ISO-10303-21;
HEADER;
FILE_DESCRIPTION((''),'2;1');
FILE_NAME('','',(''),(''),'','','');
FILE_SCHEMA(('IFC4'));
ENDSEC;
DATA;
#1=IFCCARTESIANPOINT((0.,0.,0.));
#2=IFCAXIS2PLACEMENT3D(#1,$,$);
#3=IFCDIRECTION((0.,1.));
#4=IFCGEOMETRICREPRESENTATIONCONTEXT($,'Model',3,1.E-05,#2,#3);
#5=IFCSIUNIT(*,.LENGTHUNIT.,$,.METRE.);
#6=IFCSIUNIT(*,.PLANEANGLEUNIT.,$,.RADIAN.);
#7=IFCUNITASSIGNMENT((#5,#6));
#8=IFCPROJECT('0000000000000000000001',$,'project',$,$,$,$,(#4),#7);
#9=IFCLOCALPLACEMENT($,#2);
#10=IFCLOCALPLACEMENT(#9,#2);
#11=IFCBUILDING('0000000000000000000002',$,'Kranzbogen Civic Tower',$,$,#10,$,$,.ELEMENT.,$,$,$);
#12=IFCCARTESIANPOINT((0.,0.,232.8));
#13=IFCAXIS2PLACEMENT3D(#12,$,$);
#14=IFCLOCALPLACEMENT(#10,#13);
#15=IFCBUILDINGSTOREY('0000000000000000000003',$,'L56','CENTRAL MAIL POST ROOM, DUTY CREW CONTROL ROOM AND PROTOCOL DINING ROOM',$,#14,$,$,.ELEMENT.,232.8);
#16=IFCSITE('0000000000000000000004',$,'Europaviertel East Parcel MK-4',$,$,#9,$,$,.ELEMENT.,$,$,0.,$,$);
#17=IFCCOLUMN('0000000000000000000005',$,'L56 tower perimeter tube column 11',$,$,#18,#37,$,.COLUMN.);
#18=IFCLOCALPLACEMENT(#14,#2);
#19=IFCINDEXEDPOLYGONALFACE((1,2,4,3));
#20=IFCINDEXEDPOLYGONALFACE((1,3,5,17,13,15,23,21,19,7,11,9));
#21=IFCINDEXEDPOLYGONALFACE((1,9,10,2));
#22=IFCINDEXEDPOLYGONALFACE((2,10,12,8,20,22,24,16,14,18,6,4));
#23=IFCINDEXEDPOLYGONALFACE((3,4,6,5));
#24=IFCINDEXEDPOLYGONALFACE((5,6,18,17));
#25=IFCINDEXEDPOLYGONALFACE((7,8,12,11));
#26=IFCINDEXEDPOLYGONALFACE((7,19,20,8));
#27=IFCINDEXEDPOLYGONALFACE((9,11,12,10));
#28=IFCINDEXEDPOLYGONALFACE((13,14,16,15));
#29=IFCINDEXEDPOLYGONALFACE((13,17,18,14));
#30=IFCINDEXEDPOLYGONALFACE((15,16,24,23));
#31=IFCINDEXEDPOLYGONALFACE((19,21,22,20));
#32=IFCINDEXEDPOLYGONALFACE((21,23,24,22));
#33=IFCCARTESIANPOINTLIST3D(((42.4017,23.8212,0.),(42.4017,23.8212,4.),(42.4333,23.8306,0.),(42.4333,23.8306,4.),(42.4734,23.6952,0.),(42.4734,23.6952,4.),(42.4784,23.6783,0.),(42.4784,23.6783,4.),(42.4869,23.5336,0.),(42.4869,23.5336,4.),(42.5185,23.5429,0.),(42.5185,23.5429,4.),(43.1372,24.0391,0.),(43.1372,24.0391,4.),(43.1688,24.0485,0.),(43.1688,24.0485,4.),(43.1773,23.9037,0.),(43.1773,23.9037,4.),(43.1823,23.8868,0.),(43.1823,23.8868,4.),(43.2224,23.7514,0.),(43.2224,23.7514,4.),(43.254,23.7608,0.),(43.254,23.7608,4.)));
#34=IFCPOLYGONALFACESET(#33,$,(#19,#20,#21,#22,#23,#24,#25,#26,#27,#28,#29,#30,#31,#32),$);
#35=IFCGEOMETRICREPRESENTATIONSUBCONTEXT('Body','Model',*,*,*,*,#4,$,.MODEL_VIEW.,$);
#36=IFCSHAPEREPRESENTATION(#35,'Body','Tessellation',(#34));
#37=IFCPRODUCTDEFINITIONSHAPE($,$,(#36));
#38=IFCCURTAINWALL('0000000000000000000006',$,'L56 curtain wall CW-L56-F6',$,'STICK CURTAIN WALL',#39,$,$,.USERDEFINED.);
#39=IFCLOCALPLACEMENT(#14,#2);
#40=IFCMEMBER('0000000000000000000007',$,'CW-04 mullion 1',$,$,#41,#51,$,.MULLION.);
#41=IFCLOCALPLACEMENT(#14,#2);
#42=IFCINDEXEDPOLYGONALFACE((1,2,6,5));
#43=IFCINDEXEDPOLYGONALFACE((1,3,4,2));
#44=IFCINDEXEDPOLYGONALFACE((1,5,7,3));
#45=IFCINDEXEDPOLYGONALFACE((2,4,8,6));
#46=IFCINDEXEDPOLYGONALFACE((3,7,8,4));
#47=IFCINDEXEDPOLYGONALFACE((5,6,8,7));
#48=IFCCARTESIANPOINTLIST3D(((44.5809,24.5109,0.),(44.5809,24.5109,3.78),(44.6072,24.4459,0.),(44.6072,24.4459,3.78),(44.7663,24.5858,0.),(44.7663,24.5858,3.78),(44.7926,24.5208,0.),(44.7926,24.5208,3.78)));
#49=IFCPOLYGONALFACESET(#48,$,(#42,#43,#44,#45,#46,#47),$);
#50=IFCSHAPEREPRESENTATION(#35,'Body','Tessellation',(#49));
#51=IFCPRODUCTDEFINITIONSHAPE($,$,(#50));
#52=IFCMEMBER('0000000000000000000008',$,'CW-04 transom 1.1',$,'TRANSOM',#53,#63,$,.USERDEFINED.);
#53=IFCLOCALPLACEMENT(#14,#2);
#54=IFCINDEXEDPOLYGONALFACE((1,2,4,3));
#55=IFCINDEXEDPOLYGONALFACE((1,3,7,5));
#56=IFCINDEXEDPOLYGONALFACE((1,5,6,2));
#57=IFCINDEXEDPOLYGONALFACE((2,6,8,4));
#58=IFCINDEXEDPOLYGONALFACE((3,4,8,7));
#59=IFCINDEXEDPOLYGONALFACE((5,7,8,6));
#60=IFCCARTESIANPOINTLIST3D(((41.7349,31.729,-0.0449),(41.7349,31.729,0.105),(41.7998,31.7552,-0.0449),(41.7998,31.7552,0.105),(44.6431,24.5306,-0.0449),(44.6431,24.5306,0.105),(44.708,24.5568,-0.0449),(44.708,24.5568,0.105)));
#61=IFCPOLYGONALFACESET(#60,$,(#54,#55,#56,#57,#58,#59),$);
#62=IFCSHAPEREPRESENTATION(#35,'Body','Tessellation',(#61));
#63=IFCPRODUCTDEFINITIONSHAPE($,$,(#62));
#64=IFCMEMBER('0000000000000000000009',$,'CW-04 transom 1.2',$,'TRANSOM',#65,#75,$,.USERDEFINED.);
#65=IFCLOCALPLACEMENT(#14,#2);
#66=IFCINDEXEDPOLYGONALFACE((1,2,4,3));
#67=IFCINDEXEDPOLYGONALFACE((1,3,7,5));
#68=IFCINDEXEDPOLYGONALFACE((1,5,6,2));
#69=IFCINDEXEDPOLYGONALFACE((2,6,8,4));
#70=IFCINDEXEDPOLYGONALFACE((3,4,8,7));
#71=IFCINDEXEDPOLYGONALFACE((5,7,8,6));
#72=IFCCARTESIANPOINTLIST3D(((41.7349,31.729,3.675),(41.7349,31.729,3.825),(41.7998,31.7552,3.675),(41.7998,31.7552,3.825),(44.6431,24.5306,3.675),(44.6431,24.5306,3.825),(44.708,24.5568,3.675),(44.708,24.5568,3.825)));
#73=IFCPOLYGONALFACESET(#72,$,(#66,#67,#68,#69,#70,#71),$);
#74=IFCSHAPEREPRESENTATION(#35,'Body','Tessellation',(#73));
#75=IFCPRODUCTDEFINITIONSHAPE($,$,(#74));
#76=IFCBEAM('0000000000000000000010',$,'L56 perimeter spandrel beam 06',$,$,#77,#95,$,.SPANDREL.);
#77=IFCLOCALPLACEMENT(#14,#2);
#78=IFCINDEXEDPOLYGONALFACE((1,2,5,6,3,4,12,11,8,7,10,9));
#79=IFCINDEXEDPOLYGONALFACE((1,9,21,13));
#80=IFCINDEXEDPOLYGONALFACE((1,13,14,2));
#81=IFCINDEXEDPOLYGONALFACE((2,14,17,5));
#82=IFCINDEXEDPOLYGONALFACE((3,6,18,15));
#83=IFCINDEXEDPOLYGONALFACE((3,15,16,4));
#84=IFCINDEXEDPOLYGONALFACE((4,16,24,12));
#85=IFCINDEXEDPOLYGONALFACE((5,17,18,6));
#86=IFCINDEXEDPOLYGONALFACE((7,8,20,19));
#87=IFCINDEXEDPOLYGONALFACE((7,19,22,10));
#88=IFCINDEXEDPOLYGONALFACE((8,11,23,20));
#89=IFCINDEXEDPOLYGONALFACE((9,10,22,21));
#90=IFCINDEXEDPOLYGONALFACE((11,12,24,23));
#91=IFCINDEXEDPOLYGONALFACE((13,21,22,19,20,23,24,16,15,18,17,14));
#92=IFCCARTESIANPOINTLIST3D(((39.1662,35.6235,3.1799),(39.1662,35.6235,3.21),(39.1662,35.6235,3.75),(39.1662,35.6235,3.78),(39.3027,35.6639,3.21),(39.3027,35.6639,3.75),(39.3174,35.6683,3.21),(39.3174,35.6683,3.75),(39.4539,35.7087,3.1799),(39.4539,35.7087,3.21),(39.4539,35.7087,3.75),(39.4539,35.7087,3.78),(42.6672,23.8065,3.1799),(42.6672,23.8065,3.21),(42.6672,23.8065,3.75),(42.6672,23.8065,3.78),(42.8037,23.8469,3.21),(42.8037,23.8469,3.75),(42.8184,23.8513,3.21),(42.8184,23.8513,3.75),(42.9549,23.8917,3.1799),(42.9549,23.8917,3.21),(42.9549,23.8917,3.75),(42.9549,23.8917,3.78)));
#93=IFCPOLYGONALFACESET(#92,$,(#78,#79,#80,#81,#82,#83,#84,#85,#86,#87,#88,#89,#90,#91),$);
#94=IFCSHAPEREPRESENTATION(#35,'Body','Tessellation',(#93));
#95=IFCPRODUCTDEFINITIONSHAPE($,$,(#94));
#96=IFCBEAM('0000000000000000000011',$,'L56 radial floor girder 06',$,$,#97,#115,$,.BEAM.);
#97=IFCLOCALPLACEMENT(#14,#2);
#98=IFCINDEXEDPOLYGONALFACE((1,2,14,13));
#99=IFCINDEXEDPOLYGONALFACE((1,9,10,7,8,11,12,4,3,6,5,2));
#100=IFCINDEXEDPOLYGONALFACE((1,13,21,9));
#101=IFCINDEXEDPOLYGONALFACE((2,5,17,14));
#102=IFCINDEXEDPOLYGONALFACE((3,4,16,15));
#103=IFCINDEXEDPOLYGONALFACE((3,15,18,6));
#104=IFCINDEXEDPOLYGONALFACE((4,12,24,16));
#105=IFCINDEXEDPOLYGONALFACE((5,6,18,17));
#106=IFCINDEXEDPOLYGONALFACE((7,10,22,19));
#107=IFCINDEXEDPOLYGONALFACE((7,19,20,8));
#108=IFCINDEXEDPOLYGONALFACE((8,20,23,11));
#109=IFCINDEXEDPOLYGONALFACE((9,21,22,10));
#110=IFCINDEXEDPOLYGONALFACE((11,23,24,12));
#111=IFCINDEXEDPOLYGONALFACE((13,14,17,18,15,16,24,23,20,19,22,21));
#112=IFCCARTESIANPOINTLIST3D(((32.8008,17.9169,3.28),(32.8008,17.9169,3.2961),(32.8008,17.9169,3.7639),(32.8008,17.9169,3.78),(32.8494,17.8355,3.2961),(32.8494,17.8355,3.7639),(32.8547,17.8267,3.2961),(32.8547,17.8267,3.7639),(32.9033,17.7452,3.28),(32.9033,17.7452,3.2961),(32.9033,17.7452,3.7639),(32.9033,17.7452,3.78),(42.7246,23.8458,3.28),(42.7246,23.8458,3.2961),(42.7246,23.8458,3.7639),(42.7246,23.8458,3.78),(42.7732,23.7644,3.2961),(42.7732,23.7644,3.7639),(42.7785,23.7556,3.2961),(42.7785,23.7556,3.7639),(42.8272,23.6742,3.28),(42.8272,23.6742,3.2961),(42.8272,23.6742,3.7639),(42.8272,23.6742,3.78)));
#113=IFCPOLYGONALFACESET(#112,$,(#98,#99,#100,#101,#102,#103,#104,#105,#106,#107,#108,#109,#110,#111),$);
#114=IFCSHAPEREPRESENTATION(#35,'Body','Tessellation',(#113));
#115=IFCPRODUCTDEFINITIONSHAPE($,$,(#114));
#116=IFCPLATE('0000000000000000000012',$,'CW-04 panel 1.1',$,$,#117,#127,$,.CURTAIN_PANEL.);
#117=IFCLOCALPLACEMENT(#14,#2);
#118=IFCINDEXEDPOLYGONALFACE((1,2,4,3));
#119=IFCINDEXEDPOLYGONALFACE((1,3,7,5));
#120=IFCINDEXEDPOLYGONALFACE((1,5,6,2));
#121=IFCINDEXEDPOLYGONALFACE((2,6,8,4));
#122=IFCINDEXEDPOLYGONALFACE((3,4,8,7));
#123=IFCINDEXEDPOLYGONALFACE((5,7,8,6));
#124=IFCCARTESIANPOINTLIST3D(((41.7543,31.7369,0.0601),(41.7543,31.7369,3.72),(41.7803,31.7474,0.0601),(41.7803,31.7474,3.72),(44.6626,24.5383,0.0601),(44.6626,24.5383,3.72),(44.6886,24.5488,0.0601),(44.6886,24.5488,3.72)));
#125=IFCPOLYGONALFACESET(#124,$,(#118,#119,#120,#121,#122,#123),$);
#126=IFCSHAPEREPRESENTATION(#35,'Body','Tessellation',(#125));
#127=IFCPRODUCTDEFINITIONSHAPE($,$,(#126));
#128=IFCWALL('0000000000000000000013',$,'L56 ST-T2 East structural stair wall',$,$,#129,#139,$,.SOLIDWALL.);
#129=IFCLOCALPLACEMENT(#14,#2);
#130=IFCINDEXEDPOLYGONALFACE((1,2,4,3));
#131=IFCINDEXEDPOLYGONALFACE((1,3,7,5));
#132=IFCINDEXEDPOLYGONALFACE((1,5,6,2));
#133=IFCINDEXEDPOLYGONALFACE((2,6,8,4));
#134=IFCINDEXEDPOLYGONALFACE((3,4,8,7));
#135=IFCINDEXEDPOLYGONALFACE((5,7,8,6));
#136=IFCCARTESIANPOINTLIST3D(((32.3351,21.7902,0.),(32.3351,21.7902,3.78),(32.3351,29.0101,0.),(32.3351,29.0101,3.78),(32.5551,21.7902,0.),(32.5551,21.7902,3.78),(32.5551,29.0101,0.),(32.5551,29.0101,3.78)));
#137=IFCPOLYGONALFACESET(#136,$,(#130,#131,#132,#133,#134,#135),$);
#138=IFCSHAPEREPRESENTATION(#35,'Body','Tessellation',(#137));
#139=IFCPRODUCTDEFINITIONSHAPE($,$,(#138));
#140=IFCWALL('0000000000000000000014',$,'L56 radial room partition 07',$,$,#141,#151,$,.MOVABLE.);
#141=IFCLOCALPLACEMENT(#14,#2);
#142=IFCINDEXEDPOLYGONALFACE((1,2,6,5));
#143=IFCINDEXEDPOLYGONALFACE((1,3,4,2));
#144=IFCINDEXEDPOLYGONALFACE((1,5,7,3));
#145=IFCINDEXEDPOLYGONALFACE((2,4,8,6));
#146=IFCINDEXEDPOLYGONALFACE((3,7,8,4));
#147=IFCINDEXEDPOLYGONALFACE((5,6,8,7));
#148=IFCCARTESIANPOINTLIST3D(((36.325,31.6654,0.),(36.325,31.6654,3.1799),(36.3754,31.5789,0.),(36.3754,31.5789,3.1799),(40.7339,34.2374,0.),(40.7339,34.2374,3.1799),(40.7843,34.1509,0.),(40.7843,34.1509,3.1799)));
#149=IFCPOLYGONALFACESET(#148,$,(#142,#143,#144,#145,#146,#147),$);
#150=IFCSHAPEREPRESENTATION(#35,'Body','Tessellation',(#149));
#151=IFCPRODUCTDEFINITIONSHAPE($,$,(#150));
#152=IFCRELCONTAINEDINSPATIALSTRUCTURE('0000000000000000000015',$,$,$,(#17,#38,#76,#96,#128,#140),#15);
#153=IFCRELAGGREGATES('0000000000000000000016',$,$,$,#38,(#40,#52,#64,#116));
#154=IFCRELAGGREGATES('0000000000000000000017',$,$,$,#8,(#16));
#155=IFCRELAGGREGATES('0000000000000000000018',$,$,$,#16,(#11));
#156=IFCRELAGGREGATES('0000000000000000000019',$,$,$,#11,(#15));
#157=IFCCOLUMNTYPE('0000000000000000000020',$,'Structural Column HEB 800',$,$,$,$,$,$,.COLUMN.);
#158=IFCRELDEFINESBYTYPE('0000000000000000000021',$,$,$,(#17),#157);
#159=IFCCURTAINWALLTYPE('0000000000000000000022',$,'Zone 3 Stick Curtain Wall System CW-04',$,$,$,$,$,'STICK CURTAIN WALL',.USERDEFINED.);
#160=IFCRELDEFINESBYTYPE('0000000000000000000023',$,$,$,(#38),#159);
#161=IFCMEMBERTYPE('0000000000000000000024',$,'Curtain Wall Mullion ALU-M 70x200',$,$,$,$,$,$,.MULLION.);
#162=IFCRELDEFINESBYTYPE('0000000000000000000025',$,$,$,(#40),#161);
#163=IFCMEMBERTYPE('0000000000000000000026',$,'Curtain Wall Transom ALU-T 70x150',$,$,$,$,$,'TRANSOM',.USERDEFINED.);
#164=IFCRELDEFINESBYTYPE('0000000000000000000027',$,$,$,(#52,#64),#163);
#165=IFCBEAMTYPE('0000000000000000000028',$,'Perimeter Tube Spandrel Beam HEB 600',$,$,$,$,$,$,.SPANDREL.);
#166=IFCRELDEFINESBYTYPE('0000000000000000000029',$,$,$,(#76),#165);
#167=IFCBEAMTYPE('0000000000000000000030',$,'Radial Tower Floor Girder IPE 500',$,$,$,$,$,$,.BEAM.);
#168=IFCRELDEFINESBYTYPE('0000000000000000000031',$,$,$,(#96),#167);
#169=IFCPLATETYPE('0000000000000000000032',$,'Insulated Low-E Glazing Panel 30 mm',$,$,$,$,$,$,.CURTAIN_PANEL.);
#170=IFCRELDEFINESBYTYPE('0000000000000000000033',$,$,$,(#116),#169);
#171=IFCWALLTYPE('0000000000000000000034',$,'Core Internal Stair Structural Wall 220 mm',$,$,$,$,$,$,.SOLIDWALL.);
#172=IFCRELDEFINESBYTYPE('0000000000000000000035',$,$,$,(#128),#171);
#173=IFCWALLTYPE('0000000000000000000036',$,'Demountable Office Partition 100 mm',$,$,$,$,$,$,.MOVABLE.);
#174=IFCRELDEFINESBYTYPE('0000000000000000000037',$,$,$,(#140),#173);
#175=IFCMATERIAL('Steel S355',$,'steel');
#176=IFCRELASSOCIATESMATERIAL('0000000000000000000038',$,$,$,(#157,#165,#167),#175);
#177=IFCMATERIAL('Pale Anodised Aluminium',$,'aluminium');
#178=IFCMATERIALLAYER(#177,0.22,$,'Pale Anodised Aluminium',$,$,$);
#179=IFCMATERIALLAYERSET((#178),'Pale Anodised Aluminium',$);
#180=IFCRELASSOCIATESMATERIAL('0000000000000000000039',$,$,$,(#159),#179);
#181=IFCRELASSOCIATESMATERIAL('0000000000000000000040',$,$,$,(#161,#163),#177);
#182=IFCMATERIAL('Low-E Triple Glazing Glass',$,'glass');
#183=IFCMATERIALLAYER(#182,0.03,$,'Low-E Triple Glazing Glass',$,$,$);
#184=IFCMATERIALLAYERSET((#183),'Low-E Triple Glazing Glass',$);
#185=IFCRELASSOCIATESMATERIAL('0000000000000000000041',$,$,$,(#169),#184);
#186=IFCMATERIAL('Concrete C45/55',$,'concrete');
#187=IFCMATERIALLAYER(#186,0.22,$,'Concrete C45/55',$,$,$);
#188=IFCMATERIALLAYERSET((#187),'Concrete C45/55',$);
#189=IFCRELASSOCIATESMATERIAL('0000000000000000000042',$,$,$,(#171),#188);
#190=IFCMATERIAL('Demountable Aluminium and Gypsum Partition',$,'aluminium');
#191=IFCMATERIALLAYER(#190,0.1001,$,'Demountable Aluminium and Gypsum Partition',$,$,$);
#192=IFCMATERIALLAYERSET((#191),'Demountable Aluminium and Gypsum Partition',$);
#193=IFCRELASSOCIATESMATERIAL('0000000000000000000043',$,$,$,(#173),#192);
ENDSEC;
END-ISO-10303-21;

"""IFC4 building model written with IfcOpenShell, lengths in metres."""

from ifc_helpers import new_model, si_unit, direction, frame, frame_2d, origin, origin_2d, place, context, subcontext, project, spatial, rectangle, i_section, extrude, material, layer, layer_set, material_profile, profile_set, type_object, element, aggregate, save


model = new_model("IFC4")

# Units and contexts
model_context = context("Model", 3, precision=1e-05, world=origin(), true_north=direction((0.0, 1.0)))
body_context = subcontext(model_context, "Body", "Model", "MODEL_VIEW")
ifc_project = project(units=[si_unit("LENGTHUNIT", "METRE"), si_unit("PLANEANGLEUNIT", "RADIAN")], contexts=[model_context])

# Site, building, storey
site_placement = place(None, origin())
site = spatial("IfcSite", under=ifc_project, at=site_placement, Name="Europaviertel East Parcel MK-4", CompositionType="ELEMENT", RefElevation=0.0)
building_placement = place(site_placement, origin())
building = spatial("IfcBuilding", under=site, at=building_placement, Name="Kranzbogen Civic Tower", CompositionType="ELEMENT")
storey_placement = place(building_placement, frame((0.0, 0.0, 232.8)))
storey = spatial("IfcBuildingStorey", under=building, at=storey_placement, Name="L56", Description="CENTRAL MAIL POST ROOM, DUTY CREW CONTROL ROOM AND PROTOCOL DINING ROOM", CompositionType="ELEMENT", Elevation=232.8)

# Column
ifc_material_1 = material(Name="Steel S355", Category="steel")
ifc_material_profile_1 = material_profile(ifc_material_1, i_section(OverallWidth=0.3, OverallDepth=0.8, WebThickness=0.0176, FlangeThickness=0.033, at=origin_2d()), Name="HEB 800")
ifc_profile_set_1 = profile_set([ifc_material_profile_1], Name="Steel S355")
column_type = type_object("IfcColumnType", Name="Structural Column HEB 800", PredefinedType="COLUMN", material=ifc_profile_set_1)
column_placement = place(storey_placement, frame((42.8279, 23.791, 0.0), z_axis=(0.0, 0.0, 1.0), x_axis=(-0.284015, 0.95882, 0.0)))
element("IfcColumn", 1, at=column_placement, inside=storey, type_object=column_type, Name="L56 tower perimeter tube column 11", PredefinedType="COLUMN", context=body_context, shape_type="SweptSolid", body=[
    extrude(i_section(OverallWidth=0.3, OverallDepth=0.8, WebThickness=0.0176, FlangeThickness=0.033, at=origin_2d()), origin(), (0.0, 0.0, 1.0), 4.0),
])

# Curtain wall, members
ifc_material_2 = material(Name="Pale Anodised Aluminium", Category="aluminium")
ifc_layer_1 = layer(ifc_material_2, 0.22, Name="Pale Anodised Aluminium")
ifc_layer_set_1 = layer_set([ifc_layer_1], Name="Pale Anodised Aluminium")
curtain_wall_type = type_object("IfcCurtainWallType", Name="Zone 3 Stick Curtain Wall System CW-04", ElementType="STICK CURTAIN WALL", PredefinedType="USERDEFINED", material=ifc_layer_set_1)
curtain_wall_placement = place(storey_placement, origin())
curtain_wall = element("IfcCurtainWall", 2, at=curtain_wall_placement, inside=storey, type_object=curtain_wall_type, Name="L56 curtain wall CW-L56-F6", ObjectType="STICK CURTAIN WALL", PredefinedType="USERDEFINED")
ifc_material_profile_2 = material_profile(ifc_material_2, rectangle(XDim=0.0701, YDim=0.2, at=origin_2d()), Name="ALU-M 70x200")
ifc_profile_set_2 = profile_set([ifc_material_profile_2], Name="Pale Anodised Aluminium")
member_type_1 = type_object("IfcMemberType", Name="Curtain Wall Mullion ALU-M 70x200", PredefinedType="MULLION", material=ifc_profile_set_2)
member_1_placement = place(storey_placement, frame((44.6868, 24.5159, 0.0), z_axis=(0.0, 0.0, 1.0), x_axis=(-0.374594, 0.927189, 0.0)))
member_1 = element("IfcMember", 3, at=member_1_placement, type_object=member_type_1, Name="CW-04 mullion 1", PredefinedType="MULLION", context=body_context, shape_type="SweptSolid", body=[
    extrude(rectangle(XDim=0.0701, YDim=0.2, at=origin_2d()), origin(), (0.0, 0.0, 1.0), 3.78),
])
ifc_material_profile_3 = material_profile(ifc_material_2, rectangle(XDim=0.0701, YDim=0.1499, at=origin_2d()), Name="ALU-T 70x150")
ifc_profile_set_3 = profile_set([ifc_material_profile_3], Name="Pale Anodised Aluminium")
member_type_2 = type_object("IfcMemberType", Name="Curtain Wall Transom ALU-T 70x150", ElementType="TRANSOM", PredefinedType="USERDEFINED", material=ifc_profile_set_3)
member_2_placement = place(storey_placement, frame((44.6755, 24.5437, 0.03), z_axis=(-0.374587, 0.927192, 0.0), x_axis=(-0.927192, -0.374587, 0.0)))
member_2 = element("IfcMember", 4, at=member_2_placement, type_object=member_type_2, Name="CW-04 transom 1.1", ObjectType="TRANSOM", PredefinedType="USERDEFINED", context=body_context, shape_type="SweptSolid", body=[
    extrude(rectangle(XDim=0.0701, YDim=0.1499, at=origin_2d()), origin(), (0.0, 0.0, 1.0), 7.7637),
])
member_3_placement = place(storey_placement, frame((44.6755, 24.5437, 3.75), z_axis=(-0.374587, 0.927192, 0.0), x_axis=(-0.927192, -0.374587, 0.0)))
member_3 = element("IfcMember", 5, at=member_3_placement, type_object=member_type_2, Name="CW-04 transom 1.2", ObjectType="TRANSOM", PredefinedType="USERDEFINED", context=body_context, shape_type="SweptSolid", body=[
    extrude(rectangle(XDim=0.0701, YDim=0.1499, at=origin_2d()), origin(), (0.0, 0.0, 1.0), 7.7637),
])

# Beams
ifc_material_profile_4 = material_profile(ifc_material_1, i_section(OverallWidth=0.3, OverallDepth=0.6001, WebThickness=0.0154, FlangeThickness=0.03, at=origin_2d()), Name="HEB 600")
ifc_profile_set_4 = profile_set([ifc_material_profile_4], Name="Steel S355")
beam_type_1 = type_object("IfcBeamType", Name="Perimeter Tube Spandrel Beam HEB 600", PredefinedType="SPANDREL", material=ifc_profile_set_4)
beam_1_placement = place(storey_placement, frame((42.811, 23.8491, 3.48), z_axis=(-0.284064, 0.958805, 0.0), x_axis=(-0.958805, -0.284064, 0.0)))
element("IfcBeam", 6, at=beam_1_placement, inside=storey, type_object=beam_type_1, Name="L56 perimeter spandrel beam 06", PredefinedType="SPANDREL", context=body_context, shape_type="SweptSolid", body=[
    extrude(i_section(OverallWidth=0.3, OverallDepth=0.6001, WebThickness=0.0154, FlangeThickness=0.03, at=origin_2d()), origin(), (0.0, 0.0, 1.0), 12.3247),
])
ifc_material_profile_5 = material_profile(ifc_material_1, i_section(OverallWidth=0.2, OverallDepth=0.5, WebThickness=0.0103, FlangeThickness=0.0161, at=origin_2d()), Name="IPE 500")
ifc_profile_set_5 = profile_set([ifc_material_profile_5], Name="Steel S355")
beam_type_2 = type_object("IfcBeamType", Name="Radial Tower Floor Girder IPE 500", PredefinedType="BEAM", material=ifc_profile_set_5)
beam_2_placement = place(storey_placement, frame((42.7759, 23.76, 3.53), z_axis=(-0.858459, -0.512883, 0.0), x_axis=(0.512883, -0.858459, 0.0)))
element("IfcBeam", 7, at=beam_2_placement, inside=storey, type_object=beam_type_2, Name="L56 radial floor girder 06", PredefinedType="BEAM", context=body_context, shape_type="SweptSolid", body=[
    extrude(i_section(OverallWidth=0.2, OverallDepth=0.5, WebThickness=0.0103, FlangeThickness=0.0161, at=origin_2d()), origin(), (0.0, 0.0, 1.0), 11.5601),
])

# Plate
ifc_material_3 = material(Name="Low-E Triple Glazing Glass", Category="glass")
ifc_layer_2 = layer(ifc_material_3, 0.03, Name="Low-E Triple Glazing Glass")
ifc_layer_set_2 = layer_set([ifc_layer_2], Name="Low-E Triple Glazing Glass")
plate_type = type_object("IfcPlateType", Name="Insulated Low-E Glazing Panel 30 mm", PredefinedType="CURTAIN_PANEL", material=ifc_layer_set_2)
plate_placement = place(storey_placement, frame((43.2214, 28.1428, 0.0601), z_axis=(0.0, 0.0, 1.0), x_axis=(-0.374594, 0.927189, 0.0)))
plate = element("IfcPlate", 8, at=plate_placement, type_object=plate_type, Name="CW-04 panel 1.1", PredefinedType="CURTAIN_PANEL", context=body_context, shape_type="SweptSolid", body=[
    extrude(rectangle(XDim=7.7639, YDim=0.0281, at=origin_2d()), origin(), (0.0, 0.0, 1.0), 3.6599),
])
aggregate(curtain_wall, [member_1, member_2, member_3, plate])

# Walls
ifc_material_4 = material(Name="Concrete C45/55", Category="concrete")
ifc_layer_3 = layer(ifc_material_4, 0.22, Name="Concrete C45/55")
ifc_layer_set_3 = layer_set([ifc_layer_3], Name="Concrete C45/55")
wall_type_1 = type_object("IfcWallType", Name="Core Internal Stair Structural Wall 220 mm", PredefinedType="SOLIDWALL", material=ifc_layer_set_3)
wall_1_placement = place(storey_placement, frame((32.4451, 29.01, 0.0), z_axis=(0.0, 0.0, 1.0), x_axis=(0.0, -1.0, 0.0)))
element("IfcWall", 9, at=wall_1_placement, inside=storey, type_object=wall_type_1, Name="L56 ST-T2 East structural stair wall", PredefinedType="SOLIDWALL", context=body_context, shape_type="SweptSolid", body=[
    extrude(rectangle(XDim=7.22, YDim=0.22, at=frame_2d((3.6099, 0.0))), origin(), (0.0, 0.0, 1.0), 3.78),
])
ifc_material_5 = material(Name="Demountable Aluminium and Gypsum Partition", Category="aluminium")
ifc_layer_4 = layer(ifc_material_5, 0.1001, Name="Demountable Aluminium and Gypsum Partition")
ifc_layer_set_4 = layer_set([ifc_layer_4], Name="Demountable Aluminium and Gypsum Partition")
wall_type_2 = type_object("IfcWallType", Name="Demountable Office Partition 100 mm", PredefinedType="MOVABLE", material=ifc_layer_set_4)
wall_2_placement = place(storey_placement, frame((36.3501, 31.6221, 0.0), z_axis=(0.0, 0.0, 1.0), x_axis=(0.863767, 0.503892, 0.0)))
element("IfcWall", 10, at=wall_2_placement, inside=storey, type_object=wall_type_2, Name="L56 radial room partition 07", PredefinedType="MOVABLE", context=body_context, shape_type="SweptSolid", body=[
    extrude(rectangle(XDim=5.1042, YDim=0.1001, at=frame_2d((2.5522, 0.0))), origin(), (0.0, 0.0, 1.0), 3.1799),
])

save(model, "model.ifc")
